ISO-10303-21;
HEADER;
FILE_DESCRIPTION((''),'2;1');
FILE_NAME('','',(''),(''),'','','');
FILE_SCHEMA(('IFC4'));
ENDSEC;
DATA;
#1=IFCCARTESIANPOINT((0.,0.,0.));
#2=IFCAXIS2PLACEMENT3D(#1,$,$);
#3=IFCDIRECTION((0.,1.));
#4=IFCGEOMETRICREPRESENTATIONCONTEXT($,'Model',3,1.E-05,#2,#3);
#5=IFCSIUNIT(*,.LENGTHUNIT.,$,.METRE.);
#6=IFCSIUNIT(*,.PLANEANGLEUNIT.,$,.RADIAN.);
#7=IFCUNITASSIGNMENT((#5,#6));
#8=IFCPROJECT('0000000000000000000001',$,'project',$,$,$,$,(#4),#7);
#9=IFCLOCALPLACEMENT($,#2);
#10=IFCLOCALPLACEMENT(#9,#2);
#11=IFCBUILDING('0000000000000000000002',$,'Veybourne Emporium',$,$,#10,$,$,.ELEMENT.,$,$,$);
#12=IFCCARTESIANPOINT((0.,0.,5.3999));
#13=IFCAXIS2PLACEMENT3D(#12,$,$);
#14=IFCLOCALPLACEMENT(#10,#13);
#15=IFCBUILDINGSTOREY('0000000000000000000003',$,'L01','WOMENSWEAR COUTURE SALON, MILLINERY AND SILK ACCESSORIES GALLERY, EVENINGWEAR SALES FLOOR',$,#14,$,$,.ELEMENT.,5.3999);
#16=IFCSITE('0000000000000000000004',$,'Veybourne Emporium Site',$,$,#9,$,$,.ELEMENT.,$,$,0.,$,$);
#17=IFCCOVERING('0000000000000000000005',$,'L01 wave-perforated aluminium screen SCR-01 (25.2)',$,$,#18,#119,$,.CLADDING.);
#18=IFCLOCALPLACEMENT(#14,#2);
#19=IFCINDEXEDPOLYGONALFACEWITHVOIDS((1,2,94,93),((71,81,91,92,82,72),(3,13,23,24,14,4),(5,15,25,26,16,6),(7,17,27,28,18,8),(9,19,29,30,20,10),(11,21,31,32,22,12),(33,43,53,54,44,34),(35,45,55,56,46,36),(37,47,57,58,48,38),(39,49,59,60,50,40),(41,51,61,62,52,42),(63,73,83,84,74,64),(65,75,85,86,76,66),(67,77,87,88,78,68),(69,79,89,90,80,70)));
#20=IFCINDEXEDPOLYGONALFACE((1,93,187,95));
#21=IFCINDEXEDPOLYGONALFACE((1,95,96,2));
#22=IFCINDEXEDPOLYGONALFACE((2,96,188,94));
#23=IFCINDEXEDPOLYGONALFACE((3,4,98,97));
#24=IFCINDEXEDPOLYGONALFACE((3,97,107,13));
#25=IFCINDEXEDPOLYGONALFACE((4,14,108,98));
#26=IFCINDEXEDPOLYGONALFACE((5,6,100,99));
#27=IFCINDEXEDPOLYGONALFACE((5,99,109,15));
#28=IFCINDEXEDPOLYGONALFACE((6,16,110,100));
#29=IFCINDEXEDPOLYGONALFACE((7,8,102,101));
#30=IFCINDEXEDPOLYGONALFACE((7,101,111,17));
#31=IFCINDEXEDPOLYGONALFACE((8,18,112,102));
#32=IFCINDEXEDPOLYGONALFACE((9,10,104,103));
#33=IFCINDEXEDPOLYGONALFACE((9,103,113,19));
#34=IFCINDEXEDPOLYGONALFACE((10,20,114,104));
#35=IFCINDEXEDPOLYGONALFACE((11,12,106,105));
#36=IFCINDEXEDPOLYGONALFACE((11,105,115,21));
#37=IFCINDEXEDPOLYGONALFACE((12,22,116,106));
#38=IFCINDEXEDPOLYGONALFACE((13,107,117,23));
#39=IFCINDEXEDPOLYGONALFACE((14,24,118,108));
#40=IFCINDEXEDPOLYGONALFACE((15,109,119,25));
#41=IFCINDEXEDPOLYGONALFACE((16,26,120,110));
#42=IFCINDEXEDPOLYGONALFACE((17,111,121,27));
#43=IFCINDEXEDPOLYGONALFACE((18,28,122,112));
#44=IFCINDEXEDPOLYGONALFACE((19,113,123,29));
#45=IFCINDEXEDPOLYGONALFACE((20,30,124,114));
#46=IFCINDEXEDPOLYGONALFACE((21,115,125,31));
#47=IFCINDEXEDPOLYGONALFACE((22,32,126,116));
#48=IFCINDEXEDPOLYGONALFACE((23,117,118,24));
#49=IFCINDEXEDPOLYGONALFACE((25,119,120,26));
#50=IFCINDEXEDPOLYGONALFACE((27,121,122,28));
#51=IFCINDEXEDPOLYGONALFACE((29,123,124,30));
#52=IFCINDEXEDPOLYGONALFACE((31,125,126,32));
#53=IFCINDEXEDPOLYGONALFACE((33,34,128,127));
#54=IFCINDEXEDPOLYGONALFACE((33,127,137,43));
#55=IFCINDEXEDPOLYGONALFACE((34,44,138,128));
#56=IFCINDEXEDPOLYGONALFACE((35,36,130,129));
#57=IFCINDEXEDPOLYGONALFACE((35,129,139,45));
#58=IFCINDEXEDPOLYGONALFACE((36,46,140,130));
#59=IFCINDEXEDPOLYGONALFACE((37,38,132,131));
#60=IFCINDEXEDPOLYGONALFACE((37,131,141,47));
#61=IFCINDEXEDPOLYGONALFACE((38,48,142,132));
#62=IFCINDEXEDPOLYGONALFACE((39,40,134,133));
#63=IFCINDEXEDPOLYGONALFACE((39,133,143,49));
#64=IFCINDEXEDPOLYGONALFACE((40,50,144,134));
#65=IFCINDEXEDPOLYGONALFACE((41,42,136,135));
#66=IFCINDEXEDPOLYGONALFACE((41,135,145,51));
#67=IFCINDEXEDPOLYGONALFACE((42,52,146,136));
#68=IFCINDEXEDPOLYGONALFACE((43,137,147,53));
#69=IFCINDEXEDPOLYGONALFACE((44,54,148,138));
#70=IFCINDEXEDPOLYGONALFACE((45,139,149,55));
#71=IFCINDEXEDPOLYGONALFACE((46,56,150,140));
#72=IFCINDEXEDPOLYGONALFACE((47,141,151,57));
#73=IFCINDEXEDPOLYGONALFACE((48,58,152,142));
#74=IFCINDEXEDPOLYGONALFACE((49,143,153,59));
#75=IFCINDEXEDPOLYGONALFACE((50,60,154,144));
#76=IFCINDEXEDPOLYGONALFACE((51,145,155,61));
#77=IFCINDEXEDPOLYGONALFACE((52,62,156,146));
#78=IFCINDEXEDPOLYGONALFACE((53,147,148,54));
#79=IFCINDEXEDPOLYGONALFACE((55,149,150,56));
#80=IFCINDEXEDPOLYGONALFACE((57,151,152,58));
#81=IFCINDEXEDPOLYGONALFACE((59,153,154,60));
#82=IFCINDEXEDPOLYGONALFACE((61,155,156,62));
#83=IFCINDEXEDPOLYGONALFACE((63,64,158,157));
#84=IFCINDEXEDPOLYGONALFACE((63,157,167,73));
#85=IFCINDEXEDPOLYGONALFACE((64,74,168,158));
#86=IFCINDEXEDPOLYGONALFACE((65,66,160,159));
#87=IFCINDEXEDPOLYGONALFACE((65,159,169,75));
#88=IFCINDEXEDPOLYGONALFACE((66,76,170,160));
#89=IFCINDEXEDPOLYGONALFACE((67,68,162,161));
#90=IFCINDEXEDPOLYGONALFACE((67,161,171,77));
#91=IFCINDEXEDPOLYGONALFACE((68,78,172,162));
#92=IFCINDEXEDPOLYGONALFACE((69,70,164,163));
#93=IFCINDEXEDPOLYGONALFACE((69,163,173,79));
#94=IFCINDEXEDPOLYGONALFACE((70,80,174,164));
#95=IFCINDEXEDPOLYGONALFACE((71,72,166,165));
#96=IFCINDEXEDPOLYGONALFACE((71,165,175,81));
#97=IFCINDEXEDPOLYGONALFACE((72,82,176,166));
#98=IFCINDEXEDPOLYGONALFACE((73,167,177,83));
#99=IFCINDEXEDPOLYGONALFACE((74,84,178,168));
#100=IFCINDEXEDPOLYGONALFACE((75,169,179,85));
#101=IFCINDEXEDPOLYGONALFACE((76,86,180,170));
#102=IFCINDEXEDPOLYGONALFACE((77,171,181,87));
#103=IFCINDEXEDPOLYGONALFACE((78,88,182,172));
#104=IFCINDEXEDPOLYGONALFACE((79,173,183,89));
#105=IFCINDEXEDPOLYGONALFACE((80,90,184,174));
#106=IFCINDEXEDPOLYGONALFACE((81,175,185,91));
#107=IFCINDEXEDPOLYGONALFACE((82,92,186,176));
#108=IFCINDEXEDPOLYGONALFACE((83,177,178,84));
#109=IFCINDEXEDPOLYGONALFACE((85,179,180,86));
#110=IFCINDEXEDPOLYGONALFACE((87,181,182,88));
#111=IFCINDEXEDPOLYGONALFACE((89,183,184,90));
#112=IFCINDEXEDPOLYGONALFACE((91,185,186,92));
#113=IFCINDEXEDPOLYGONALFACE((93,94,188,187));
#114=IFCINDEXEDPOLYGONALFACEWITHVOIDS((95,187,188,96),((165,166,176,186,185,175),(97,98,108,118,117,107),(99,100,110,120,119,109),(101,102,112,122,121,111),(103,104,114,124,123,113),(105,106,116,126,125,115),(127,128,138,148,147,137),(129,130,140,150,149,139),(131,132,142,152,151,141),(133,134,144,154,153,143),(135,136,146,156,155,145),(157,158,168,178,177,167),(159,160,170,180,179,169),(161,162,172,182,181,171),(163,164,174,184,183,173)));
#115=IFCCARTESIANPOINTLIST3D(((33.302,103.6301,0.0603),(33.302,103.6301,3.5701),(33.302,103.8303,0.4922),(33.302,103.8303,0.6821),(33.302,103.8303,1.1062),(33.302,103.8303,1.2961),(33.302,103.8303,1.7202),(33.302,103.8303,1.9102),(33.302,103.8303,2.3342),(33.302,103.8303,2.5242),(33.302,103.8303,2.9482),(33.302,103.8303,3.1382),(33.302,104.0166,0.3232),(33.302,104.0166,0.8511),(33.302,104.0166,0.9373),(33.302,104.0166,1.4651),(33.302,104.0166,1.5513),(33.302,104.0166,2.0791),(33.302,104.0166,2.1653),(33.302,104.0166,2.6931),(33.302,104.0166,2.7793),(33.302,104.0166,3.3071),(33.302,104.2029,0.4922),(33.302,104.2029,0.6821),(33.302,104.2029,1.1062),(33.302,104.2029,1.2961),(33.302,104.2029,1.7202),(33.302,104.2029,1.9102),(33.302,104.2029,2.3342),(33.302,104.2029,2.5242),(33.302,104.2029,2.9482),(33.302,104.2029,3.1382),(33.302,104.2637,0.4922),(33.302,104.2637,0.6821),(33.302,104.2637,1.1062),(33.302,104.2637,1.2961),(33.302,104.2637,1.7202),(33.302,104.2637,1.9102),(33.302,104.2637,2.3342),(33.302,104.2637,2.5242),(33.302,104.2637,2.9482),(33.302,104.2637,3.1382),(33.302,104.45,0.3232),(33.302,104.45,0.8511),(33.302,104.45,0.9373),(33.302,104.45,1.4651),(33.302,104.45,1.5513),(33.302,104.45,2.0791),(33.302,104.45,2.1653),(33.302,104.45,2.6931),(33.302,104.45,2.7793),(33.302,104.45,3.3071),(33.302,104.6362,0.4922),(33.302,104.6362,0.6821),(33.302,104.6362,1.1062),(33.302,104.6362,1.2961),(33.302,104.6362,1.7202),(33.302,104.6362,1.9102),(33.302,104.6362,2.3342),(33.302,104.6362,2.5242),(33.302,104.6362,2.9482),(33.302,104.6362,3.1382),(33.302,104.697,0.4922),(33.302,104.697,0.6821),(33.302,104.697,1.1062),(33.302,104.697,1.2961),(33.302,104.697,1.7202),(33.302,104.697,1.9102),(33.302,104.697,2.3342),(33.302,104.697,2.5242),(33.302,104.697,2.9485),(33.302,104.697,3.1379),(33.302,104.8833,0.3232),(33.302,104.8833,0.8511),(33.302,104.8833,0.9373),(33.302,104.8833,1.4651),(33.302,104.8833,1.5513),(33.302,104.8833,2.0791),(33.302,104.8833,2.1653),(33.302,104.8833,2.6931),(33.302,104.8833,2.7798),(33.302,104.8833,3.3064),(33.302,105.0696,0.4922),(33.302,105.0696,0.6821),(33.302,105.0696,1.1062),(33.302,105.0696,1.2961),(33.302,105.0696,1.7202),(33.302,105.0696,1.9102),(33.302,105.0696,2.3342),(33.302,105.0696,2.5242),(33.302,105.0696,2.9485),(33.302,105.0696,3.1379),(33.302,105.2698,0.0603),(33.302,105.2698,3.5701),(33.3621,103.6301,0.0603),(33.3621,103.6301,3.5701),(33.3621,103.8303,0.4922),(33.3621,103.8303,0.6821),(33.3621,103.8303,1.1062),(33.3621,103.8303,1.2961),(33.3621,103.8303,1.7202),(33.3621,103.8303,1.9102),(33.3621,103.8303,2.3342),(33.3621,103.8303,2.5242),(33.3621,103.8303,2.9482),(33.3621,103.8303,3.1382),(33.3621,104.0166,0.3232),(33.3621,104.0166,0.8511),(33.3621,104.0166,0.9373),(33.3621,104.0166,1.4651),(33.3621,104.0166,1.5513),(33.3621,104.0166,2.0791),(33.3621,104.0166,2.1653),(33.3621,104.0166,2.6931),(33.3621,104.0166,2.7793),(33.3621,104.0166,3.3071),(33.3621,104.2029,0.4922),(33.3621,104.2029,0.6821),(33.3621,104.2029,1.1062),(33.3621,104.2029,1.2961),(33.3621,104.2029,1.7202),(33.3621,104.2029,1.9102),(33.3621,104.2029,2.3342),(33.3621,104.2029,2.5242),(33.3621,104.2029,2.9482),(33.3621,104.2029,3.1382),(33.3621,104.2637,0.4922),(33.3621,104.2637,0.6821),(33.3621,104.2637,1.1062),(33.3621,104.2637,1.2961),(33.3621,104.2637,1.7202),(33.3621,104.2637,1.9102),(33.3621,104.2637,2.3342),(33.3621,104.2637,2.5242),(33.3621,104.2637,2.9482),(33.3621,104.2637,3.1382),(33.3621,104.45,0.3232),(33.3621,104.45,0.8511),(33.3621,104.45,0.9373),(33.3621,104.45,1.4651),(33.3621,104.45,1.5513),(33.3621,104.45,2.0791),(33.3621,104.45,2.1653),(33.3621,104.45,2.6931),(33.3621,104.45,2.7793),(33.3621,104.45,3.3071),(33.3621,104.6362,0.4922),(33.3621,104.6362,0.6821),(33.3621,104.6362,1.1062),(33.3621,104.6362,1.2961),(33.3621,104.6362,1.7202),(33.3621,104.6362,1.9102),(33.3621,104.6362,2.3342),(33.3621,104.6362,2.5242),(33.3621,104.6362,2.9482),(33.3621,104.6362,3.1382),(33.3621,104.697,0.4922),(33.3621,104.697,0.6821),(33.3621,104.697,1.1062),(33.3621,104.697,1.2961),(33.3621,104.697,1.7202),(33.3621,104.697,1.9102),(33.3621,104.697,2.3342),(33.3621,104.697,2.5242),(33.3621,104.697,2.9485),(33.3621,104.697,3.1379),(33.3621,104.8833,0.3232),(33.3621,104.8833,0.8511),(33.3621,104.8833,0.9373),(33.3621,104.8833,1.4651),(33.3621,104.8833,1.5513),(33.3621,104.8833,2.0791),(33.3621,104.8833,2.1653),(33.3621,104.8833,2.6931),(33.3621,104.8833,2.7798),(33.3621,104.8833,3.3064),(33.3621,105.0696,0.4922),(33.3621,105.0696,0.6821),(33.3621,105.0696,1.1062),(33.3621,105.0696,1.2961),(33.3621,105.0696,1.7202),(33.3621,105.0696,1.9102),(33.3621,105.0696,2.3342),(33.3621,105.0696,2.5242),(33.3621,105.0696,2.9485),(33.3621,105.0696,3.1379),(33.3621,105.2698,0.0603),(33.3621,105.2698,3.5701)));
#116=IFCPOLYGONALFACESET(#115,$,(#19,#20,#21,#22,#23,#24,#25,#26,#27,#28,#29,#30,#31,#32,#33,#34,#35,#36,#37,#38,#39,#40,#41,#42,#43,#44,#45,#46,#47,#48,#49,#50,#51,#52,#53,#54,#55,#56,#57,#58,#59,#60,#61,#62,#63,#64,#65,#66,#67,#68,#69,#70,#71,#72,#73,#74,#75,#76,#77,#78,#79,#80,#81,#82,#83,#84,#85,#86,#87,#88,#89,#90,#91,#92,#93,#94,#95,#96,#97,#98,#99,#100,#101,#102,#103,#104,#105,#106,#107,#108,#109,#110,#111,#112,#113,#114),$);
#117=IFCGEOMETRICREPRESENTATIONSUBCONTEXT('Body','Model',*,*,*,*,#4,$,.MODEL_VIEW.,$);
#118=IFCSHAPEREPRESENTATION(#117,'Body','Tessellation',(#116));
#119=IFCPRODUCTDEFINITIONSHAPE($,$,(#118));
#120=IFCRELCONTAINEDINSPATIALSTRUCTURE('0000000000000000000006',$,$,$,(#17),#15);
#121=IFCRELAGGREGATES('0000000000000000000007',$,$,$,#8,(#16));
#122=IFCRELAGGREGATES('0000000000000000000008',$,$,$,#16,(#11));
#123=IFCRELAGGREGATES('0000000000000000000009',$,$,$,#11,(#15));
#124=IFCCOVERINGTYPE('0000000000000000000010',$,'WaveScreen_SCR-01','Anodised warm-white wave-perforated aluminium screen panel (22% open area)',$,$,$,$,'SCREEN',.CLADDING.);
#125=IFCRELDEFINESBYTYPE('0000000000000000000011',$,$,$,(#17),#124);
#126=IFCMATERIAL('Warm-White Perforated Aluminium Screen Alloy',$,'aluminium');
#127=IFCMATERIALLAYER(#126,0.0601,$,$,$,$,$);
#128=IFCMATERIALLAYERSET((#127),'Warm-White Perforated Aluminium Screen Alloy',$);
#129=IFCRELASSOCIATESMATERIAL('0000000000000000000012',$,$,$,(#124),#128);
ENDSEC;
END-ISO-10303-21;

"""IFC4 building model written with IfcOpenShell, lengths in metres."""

from ifc_helpers import new_model, si_unit, direction, frame, origin, place, context, subcontext, project, spatial, polyline, outline, extrude, material, layer, layer_set, type_object, element, save


model = new_model("IFC4")

# Units and contexts
model_context = context("Model", 3, precision=1e-05, world=origin(), true_north=direction((0.0, 1.0)))
body_context = subcontext(model_context, "Body", "Model", "MODEL_VIEW")
ifc_project = project(units=[si_unit("LENGTHUNIT", "METRE"), si_unit("PLANEANGLEUNIT", "RADIAN")], contexts=[model_context])

# Site, building, storey
site_placement = place(None, origin())
site = spatial("IfcSite", under=ifc_project, at=site_placement, Name="Veybourne Emporium Site", CompositionType="ELEMENT", RefElevation=0.0)
building_placement = place(site_placement, origin())
building = spatial("IfcBuilding", under=site, at=building_placement, Name="Veybourne Emporium", CompositionType="ELEMENT")
storey_placement = place(building_placement, frame((0.0, 0.0, 5.3999)))
storey = spatial("IfcBuildingStorey", under=building, at=storey_placement, Name="L01", Description="WOMENSWEAR COUTURE SALON, MILLINERY AND SILK ACCESSORIES GALLERY, EVENINGWEAR SALES FLOOR", CompositionType="ELEMENT", Elevation=5.3999)

# Covering
ifc_material_1 = material(Name="Warm-White Perforated Aluminium Screen Alloy", Category="aluminium")
ifc_layer_1 = layer(ifc_material_1, 0.0601)
ifc_layer_set_1 = layer_set([ifc_layer_1], Name="Warm-White Perforated Aluminium Screen Alloy")
covering_type_1 = type_object("IfcCoveringType", Name="WaveScreen_SCR-01", Description="Anodised warm-white wave-perforated aluminium screen panel (22% open area)", ElementType="SCREEN", PredefinedType="CLADDING", material=ifc_layer_set_1)
covering_1_placement = place(storey_placement, frame((33.302, 104.45, 1.8152), z_axis=(1.0, 0.0, 0.0), x_axis=(0.0, 1.0, 0.0)))
element("IfcCovering", 1, at=covering_1_placement, inside=storey, type_object=covering_type_1, Name="L01 wave-perforated aluminium screen SCR-01 (25.2)", PredefinedType="CLADDING", context=body_context, shape_type="SweptSolid", body=[
    extrude(outline(polyline([(-0.8198, -1.7549), (0.8198, -1.7549), (0.8198, 1.7549), (-0.8198, 1.7549), (-0.8198, -1.7549)]), holes=[polyline([(-0.4333, -0.9641), (-0.2471, -1.1331), (-0.2471, -1.323), (-0.4333, -1.4919), (-0.6196, -1.323), (-0.6196, -1.1331), (-0.4333, -0.9641)]), polyline([(-0.4333, -0.3501), (-0.2471, -0.519), (-0.2471, -0.709), (-0.4333, -0.8779), (-0.6196, -0.709), (-0.6196, -0.519), (-0.4333, -0.3501)]), polyline([(-0.4333, 0.2639), (-0.2471, 0.095), (-0.2471, -0.095), (-0.4333, -0.2639), (-0.6196, -0.095), (-0.6196, 0.095), (-0.4333, 0.2639)]), polyline([(-0.4333, 0.8779), (-0.2471, 0.709), (-0.2471, 0.519), (-0.4333, 0.3501), (-0.6196, 0.519), (-0.6196, 0.709), (-0.4333, 0.8779)]), polyline([(-0.4333, 1.4919), (-0.2471, 1.323), (-0.2471, 1.1331), (-0.4333, 0.9641), (-0.6196, 1.1331), (-0.6196, 1.323), (-0.4333, 1.4919)]), polyline([(0.0, -0.9641), (0.1863, -1.1331), (0.1863, -1.323), (0.0, -1.4919), (-0.1863, -1.323), (-0.1863, -1.1331), (0.0, -0.9641)]), polyline([(0.0, -0.3501), (0.1863, -0.519), (0.1863, -0.709), (0.0, -0.8779), (-0.1863, -0.709), (-0.1863, -0.519), (0.0, -0.3501)]), polyline([(0.0, 0.2639), (0.1863, 0.095), (0.1863, -0.095), (0.0, -0.2639), (-0.1863, -0.095), (-0.1863, 0.095), (0.0, 0.2639)]), polyline([(0.0, 0.8779), (0.1863, 0.709), (0.1863, 0.519), (0.0, 0.3501), (-0.1863, 0.519), (-0.1863, 0.709), (0.0, 0.8779)]), polyline([(0.0, 1.4919), (0.1863, 1.323), (0.1863, 1.1331), (0.0, 0.9641), (-0.1863, 1.1331), (-0.1863, 1.323), (0.0, 1.4919)]), polyline([(0.4333, -0.9641), (0.6196, -1.1331), (0.6196, -1.323), (0.4333, -1.4919), (0.2471, -1.323), (0.2471, -1.1331), (0.4333, -0.9641)]), polyline([(0.4333, -0.3501), (0.6196, -0.519), (0.6196, -0.709), (0.4333, -0.8779), (0.2471, -0.709), (0.2471, -0.519), (0.4333, -0.3501)]), polyline([(0.4333, 0.2639), (0.6196, 0.095), (0.6196, -0.095), (0.4333, -0.2639), (0.2471, -0.095), (0.2471, 0.095), (0.4333, 0.2639)]), polyline([(0.4333, 0.8779), (0.6196, 0.709), (0.6196, 0.519), (0.4333, 0.3501), (0.2471, 0.519), (0.2471, 0.709), (0.4333, 0.8779)]), polyline([(0.4333, 1.4912), (0.6196, 1.3228), (0.6196, 1.1333), (0.4333, 0.9646), (0.2471, 1.1333), (0.2471, 1.3228), (0.4333, 1.4912)])]), origin(), (0.0, 0.0, 1.0), 0.0601),
])

save(model, "model.ifc")
